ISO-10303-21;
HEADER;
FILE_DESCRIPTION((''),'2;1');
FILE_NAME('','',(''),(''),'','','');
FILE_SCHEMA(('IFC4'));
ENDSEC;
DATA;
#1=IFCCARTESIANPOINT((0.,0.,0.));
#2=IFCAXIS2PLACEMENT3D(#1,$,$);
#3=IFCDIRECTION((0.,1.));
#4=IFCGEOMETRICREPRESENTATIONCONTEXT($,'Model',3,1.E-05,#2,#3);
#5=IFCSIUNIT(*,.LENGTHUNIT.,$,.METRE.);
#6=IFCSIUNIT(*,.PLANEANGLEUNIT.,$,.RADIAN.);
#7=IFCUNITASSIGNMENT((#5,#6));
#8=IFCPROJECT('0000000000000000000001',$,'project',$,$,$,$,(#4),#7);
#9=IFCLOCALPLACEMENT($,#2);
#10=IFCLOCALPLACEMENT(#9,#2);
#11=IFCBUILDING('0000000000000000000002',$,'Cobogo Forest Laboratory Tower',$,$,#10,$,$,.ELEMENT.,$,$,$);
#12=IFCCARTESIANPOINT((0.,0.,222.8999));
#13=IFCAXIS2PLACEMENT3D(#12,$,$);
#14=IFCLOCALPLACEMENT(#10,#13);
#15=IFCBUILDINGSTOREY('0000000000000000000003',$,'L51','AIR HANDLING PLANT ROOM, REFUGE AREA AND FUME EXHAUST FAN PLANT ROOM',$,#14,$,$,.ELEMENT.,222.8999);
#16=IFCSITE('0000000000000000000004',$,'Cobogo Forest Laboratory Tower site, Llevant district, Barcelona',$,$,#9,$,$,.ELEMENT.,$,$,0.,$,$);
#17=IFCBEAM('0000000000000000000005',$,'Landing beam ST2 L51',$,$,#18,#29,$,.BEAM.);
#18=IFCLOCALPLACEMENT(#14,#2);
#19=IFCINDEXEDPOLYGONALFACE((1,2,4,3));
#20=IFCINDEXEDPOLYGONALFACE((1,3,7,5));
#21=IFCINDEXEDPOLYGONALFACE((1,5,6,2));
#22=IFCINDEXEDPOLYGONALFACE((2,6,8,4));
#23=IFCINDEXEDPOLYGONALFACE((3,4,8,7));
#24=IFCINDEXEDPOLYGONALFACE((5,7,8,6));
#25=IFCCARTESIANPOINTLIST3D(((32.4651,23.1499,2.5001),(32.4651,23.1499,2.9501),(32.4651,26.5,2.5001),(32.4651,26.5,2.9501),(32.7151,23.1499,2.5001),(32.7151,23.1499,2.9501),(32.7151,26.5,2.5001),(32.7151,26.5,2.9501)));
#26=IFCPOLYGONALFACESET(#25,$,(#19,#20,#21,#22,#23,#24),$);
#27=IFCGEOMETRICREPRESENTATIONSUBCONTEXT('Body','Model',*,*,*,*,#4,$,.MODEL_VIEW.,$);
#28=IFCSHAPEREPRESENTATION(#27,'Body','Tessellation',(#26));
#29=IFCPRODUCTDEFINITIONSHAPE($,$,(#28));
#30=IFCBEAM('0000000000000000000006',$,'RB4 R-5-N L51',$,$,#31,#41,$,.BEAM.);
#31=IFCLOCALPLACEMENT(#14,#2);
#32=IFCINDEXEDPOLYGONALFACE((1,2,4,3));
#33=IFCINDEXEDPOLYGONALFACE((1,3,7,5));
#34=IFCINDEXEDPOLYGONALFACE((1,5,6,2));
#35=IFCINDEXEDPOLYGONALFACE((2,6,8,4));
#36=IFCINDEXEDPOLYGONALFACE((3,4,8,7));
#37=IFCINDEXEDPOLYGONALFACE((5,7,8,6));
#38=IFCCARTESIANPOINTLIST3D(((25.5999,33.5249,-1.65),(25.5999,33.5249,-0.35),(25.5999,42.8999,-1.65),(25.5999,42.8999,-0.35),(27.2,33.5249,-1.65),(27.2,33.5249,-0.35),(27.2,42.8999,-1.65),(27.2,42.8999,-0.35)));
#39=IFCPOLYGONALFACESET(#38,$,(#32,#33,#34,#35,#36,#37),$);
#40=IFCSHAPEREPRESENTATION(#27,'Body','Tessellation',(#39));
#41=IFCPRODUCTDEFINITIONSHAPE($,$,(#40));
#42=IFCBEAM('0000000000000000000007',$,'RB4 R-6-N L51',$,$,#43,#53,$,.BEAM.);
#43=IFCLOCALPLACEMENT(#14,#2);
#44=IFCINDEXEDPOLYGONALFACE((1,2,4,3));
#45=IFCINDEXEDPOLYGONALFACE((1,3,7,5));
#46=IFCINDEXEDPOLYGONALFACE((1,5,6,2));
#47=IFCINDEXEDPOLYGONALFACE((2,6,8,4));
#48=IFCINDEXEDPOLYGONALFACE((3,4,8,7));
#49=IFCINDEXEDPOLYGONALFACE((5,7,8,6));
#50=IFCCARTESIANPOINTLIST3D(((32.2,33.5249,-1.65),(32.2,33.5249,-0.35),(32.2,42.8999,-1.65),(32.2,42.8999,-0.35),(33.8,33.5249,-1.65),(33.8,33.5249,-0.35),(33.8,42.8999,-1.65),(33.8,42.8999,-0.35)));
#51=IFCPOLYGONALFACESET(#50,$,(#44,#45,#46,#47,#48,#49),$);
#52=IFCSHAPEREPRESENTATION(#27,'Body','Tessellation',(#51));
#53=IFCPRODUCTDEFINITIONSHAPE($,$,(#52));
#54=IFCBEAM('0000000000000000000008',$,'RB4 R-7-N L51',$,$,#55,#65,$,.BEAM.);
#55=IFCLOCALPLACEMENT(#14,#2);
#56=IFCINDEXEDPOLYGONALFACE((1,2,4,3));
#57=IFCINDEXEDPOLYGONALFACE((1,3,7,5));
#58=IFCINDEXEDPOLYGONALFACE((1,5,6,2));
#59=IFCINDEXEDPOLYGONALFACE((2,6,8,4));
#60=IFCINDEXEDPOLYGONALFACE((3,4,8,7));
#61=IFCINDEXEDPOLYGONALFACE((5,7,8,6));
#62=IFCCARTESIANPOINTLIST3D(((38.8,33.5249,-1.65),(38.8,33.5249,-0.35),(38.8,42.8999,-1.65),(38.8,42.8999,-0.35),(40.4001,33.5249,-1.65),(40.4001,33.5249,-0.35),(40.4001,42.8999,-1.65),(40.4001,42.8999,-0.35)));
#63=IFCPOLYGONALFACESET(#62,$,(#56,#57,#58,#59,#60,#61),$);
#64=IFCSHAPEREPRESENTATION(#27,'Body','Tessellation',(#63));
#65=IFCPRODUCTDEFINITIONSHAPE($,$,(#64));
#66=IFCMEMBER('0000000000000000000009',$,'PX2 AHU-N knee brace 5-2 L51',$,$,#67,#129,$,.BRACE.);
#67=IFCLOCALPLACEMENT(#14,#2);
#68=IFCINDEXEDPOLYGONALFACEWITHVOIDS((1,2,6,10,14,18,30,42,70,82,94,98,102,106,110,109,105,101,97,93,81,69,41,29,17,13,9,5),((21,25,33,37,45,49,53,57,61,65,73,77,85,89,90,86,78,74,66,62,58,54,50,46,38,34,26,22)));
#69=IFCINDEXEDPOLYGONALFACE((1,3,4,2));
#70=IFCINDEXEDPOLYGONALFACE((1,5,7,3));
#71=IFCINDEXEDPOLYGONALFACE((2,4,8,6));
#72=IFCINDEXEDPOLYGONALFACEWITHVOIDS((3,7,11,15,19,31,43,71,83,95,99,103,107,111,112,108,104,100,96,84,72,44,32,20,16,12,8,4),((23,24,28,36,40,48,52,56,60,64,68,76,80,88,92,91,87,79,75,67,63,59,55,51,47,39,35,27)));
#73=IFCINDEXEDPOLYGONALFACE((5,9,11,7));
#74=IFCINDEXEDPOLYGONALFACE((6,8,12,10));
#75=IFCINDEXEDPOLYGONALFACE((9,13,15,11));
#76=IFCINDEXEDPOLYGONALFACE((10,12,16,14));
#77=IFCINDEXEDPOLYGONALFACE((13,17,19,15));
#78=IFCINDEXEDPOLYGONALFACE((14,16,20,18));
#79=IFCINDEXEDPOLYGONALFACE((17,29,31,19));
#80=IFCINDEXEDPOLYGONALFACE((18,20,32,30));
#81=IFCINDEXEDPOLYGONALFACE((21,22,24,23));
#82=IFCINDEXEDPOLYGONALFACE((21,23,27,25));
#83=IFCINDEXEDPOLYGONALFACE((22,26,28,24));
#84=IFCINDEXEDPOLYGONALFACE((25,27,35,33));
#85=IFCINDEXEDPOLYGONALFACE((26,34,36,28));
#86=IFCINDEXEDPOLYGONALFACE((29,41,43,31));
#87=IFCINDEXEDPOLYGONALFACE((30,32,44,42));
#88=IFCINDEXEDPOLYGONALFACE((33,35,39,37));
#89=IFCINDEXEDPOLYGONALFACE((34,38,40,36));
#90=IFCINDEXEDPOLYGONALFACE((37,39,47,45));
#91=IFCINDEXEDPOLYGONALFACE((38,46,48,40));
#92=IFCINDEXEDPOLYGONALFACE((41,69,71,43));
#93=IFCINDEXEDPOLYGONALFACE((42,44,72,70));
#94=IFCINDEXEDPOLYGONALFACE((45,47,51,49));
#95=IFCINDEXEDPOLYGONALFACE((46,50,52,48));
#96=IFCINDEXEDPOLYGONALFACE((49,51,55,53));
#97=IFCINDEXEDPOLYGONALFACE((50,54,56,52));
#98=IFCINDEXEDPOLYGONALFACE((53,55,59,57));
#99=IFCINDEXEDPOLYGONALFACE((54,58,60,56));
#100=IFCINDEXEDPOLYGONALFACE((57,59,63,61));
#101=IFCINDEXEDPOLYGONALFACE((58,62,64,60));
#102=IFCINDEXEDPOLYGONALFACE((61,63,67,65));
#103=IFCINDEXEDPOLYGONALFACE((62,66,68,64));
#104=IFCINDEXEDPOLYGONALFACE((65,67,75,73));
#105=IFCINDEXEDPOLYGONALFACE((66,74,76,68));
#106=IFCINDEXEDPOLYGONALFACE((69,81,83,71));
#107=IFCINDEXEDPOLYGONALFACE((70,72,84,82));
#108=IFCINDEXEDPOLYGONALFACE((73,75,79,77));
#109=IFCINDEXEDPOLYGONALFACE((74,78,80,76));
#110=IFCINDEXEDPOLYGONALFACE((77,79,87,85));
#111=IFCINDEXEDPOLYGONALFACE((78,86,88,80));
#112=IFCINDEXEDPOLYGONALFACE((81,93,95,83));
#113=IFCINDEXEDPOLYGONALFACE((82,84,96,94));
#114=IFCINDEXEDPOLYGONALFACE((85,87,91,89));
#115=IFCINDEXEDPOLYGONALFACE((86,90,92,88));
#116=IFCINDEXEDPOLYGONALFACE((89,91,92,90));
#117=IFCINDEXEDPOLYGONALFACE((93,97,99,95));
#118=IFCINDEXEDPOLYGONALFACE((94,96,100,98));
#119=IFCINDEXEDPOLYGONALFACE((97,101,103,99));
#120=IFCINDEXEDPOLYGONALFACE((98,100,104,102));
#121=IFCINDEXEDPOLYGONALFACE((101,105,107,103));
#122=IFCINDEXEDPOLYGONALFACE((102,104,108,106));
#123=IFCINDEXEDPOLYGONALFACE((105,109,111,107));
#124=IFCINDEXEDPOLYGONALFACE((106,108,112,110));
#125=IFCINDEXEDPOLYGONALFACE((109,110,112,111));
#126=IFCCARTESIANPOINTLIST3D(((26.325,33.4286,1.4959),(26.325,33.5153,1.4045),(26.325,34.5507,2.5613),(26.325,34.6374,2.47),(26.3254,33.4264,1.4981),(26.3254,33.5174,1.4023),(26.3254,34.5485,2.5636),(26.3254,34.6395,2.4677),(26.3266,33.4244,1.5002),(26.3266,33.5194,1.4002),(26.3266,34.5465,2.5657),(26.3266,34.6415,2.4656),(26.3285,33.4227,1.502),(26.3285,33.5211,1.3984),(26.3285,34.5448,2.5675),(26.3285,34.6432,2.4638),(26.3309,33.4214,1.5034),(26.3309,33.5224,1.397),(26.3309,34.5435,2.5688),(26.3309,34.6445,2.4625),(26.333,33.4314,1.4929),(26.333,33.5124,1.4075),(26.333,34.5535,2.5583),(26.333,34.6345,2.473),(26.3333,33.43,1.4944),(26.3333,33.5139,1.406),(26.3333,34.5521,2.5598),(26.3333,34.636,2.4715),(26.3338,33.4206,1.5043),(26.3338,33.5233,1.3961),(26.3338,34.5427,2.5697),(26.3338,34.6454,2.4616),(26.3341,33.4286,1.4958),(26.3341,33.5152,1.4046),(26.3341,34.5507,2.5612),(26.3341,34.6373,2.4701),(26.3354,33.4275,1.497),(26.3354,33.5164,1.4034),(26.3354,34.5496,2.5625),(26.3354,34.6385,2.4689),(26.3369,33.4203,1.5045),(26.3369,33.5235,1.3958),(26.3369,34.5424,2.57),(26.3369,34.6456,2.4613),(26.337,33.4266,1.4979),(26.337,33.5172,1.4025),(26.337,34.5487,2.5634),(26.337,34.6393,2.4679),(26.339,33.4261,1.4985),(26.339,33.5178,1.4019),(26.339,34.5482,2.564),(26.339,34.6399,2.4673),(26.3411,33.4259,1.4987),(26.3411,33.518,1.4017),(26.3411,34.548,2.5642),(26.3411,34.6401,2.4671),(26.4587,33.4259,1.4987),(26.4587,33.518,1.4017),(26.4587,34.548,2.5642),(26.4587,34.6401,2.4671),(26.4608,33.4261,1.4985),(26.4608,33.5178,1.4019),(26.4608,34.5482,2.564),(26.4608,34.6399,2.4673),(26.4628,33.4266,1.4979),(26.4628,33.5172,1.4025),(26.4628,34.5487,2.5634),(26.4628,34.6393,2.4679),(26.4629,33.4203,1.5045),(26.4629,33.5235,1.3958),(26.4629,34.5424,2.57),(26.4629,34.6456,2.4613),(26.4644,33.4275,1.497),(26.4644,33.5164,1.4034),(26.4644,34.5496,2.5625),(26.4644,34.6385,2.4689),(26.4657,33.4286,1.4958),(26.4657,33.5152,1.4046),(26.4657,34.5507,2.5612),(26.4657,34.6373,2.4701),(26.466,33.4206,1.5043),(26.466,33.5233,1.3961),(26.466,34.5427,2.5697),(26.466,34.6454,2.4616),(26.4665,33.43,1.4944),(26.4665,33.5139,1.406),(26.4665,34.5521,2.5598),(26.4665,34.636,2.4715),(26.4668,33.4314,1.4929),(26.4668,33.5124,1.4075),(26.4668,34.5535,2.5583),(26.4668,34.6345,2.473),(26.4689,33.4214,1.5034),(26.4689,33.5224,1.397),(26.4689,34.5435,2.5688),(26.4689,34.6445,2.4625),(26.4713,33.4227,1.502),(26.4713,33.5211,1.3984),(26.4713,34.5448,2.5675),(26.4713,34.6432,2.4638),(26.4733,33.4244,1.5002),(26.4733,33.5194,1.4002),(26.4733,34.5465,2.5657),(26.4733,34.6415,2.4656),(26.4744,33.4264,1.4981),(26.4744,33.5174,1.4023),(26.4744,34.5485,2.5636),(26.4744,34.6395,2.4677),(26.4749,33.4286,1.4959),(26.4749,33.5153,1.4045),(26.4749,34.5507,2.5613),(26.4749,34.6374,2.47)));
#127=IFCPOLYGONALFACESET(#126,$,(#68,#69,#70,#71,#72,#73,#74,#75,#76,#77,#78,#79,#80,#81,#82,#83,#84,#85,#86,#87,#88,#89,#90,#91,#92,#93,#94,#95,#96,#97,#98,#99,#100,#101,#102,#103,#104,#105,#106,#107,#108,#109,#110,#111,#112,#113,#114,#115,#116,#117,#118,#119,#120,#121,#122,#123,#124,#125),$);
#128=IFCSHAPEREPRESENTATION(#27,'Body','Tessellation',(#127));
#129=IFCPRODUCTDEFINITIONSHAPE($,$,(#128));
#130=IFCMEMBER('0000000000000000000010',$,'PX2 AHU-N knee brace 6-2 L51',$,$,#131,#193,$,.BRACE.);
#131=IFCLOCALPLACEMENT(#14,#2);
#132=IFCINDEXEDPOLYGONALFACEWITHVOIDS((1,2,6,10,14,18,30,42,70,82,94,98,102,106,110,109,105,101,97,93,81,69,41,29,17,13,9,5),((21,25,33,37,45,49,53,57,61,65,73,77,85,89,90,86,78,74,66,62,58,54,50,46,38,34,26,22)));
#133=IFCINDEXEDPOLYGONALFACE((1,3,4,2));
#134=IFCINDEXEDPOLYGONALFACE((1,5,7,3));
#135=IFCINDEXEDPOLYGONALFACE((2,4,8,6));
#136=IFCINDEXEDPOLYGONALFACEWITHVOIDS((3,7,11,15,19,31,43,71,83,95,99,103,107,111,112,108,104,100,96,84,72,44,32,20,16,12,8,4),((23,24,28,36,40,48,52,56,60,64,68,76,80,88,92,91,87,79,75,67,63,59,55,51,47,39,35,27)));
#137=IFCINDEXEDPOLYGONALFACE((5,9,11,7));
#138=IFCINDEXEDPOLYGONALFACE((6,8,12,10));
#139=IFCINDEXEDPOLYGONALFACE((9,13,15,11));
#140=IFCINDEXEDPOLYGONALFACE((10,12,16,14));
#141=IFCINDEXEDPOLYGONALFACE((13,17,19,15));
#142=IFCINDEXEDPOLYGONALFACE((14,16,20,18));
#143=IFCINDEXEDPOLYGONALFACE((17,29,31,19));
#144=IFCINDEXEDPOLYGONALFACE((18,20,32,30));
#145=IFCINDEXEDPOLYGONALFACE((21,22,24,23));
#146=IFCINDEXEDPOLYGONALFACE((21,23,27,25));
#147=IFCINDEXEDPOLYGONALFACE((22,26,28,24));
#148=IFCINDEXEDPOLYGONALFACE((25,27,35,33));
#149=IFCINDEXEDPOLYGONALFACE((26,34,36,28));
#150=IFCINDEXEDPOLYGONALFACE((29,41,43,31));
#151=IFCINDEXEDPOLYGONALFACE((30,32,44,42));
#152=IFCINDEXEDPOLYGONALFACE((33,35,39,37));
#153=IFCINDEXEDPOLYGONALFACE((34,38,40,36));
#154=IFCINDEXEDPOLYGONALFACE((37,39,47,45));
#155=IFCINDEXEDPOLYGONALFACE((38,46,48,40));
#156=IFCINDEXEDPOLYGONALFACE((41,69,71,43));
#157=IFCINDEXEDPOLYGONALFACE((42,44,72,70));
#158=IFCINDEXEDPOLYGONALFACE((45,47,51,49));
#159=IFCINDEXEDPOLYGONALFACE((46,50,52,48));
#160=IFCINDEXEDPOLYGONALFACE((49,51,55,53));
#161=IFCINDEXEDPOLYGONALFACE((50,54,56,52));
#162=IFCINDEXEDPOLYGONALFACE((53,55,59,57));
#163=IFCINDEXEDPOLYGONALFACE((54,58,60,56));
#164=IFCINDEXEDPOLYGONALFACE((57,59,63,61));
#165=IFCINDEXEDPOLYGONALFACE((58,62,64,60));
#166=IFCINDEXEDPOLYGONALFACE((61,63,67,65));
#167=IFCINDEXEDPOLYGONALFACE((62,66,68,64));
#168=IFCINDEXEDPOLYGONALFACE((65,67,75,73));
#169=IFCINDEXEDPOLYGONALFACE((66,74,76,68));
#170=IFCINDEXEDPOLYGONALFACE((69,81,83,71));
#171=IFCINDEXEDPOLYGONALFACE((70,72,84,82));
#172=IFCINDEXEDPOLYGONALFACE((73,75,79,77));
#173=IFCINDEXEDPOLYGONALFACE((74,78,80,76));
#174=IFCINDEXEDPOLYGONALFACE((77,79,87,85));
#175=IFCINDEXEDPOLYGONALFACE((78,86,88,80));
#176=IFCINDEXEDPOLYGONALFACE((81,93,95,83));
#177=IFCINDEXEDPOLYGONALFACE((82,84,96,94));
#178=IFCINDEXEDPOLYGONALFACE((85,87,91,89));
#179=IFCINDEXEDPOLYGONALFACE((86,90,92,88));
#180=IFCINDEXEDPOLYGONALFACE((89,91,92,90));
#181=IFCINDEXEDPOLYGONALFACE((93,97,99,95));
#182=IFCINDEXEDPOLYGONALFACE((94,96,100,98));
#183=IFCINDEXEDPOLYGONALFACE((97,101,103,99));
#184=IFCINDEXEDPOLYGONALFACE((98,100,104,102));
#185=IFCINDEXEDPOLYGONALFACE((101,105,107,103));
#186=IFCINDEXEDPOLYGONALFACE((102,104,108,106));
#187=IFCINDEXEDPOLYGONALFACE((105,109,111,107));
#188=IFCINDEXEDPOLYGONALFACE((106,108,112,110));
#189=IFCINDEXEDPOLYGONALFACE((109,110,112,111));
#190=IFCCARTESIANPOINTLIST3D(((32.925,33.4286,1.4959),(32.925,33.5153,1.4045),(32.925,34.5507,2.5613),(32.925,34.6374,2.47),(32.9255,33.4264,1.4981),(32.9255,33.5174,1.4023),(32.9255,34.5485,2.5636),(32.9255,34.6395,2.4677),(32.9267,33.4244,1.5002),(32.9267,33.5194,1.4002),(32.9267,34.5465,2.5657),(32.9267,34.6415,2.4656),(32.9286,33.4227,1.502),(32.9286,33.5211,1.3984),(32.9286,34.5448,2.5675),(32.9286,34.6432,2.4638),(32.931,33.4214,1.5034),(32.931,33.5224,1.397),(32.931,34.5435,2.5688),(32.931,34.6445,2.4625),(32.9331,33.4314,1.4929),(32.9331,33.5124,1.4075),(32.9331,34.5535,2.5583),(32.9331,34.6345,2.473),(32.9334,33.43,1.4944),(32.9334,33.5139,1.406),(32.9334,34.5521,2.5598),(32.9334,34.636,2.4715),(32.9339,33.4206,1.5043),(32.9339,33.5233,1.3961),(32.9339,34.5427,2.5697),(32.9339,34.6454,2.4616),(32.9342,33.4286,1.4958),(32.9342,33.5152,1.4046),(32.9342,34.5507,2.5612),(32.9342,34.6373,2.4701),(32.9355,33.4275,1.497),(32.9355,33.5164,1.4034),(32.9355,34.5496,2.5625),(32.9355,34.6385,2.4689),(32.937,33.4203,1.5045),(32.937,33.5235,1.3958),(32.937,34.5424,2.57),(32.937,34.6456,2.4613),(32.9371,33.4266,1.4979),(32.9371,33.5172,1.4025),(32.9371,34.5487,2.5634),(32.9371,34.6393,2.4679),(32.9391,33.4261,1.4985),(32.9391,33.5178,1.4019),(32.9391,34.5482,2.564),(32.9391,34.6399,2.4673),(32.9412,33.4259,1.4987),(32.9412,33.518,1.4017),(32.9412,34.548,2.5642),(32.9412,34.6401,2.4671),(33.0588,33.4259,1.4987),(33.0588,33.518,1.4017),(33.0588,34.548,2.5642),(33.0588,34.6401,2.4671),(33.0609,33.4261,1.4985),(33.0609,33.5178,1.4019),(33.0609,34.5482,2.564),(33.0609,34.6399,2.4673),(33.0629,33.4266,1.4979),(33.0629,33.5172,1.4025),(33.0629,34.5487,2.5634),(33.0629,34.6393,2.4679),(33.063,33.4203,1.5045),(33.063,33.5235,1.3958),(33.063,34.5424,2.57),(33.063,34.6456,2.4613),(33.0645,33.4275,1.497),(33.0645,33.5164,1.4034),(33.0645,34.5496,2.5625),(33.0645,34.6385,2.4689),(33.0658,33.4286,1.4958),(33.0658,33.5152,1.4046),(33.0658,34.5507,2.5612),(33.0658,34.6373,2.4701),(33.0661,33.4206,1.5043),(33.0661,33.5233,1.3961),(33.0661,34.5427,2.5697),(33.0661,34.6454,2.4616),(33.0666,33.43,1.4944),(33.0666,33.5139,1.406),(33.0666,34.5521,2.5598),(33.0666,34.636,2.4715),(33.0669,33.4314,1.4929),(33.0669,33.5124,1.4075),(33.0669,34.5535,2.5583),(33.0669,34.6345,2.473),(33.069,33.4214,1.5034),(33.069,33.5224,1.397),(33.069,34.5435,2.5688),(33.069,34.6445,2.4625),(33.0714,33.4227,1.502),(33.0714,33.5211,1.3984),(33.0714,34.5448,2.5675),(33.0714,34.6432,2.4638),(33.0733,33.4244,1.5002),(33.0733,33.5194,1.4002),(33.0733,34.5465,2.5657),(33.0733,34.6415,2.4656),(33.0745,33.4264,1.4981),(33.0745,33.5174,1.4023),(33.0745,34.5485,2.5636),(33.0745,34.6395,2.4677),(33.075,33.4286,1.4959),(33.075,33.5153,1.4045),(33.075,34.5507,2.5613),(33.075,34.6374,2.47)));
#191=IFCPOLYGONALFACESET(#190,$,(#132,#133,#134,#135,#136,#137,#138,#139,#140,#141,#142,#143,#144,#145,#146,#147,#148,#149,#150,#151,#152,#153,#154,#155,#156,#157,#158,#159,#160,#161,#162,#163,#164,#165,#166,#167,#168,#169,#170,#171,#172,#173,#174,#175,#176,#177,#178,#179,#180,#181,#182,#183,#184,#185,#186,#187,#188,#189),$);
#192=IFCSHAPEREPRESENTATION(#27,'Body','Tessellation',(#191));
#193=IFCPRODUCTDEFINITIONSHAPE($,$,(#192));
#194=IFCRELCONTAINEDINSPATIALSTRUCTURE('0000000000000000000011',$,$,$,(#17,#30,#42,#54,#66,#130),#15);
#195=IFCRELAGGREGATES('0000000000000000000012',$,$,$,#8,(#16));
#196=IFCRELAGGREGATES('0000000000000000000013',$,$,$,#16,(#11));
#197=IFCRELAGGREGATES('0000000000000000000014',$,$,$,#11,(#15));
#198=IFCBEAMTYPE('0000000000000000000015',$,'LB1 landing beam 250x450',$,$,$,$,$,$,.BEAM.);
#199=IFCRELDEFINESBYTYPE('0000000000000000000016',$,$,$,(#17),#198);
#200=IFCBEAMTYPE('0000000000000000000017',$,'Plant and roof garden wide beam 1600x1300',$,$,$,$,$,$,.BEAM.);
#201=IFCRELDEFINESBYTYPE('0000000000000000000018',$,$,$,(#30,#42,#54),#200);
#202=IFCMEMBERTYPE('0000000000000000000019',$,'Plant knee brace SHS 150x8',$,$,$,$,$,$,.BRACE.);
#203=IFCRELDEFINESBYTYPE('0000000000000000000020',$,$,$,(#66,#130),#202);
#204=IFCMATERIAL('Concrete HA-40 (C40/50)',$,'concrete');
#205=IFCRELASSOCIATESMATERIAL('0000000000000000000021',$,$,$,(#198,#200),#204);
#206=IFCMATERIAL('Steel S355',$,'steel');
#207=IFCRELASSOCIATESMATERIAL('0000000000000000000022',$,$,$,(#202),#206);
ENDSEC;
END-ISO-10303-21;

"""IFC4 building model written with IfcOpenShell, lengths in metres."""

from ifc_helpers import new_model, si_unit, direction, frame, origin, origin_2d, place, context, subcontext, project, spatial, rectangle, hollow_rectangle, extrude, material, material_profile, profile_set, type_object, element, save


model = new_model("IFC4")

# Units and contexts
model_context = context("Model", 3, precision=1e-05, world=origin(), true_north=direction((0.0, 1.0)))
body_context = subcontext(model_context, "Body", "Model", "MODEL_VIEW")
ifc_project = project(units=[si_unit("LENGTHUNIT", "METRE"), si_unit("PLANEANGLEUNIT", "RADIAN")], contexts=[model_context])

# Site, building, storey
site_placement = place(None, origin())
site = spatial("IfcSite", under=ifc_project, at=site_placement, Name="Cobogo Forest Laboratory Tower site, Llevant district, Barcelona", CompositionType="ELEMENT", RefElevation=0.0)
building_placement = place(site_placement, origin())
building = spatial("IfcBuilding", under=site, at=building_placement, Name="Cobogo Forest Laboratory Tower", CompositionType="ELEMENT")
storey_placement = place(building_placement, frame((0.0, 0.0, 222.8999)))
storey = spatial("IfcBuildingStorey", under=building, at=storey_placement, Name="L51", Description="AIR HANDLING PLANT ROOM, REFUGE AREA AND FUME EXHAUST FAN PLANT ROOM", CompositionType="ELEMENT", Elevation=222.8999)

# Beams
ifc_material_1 = material(Name="Concrete HA-40 (C40/50)", Category="concrete")
ifc_material_profile_1 = material_profile(ifc_material_1, rectangle(XDim=0.25, YDim=0.45, at=origin_2d()), Name="RC 250x450")
ifc_profile_set_1 = profile_set([ifc_material_profile_1], Name="Concrete HA-40 (C40/50)")
beam_type_1 = type_object("IfcBeamType", Name="LB1 landing beam 250x450", PredefinedType="BEAM", material=ifc_profile_set_1)
beam_1_placement = place(storey_placement, frame((32.5901, 23.1499, 2.7251), z_axis=(0.0, 1.0, 0.0), x_axis=(-1.0, 0.0, 0.0)))
element("IfcBeam", 1, at=beam_1_placement, inside=storey, type_object=beam_type_1, Name="Landing beam ST2 L51", PredefinedType="BEAM", context=body_context, shape_type="SweptSolid", body=[
    extrude(rectangle(XDim=0.25, YDim=0.45, at=origin_2d()), origin(), (0.0, 0.0, 1.0), 3.3501),
])
ifc_material_profile_2 = material_profile(ifc_material_1, rectangle(XDim=1.6001, YDim=1.3, at=origin_2d()), Name="RC 1600x1300")
ifc_profile_set_2 = profile_set([ifc_material_profile_2], Name="Concrete HA-40 (C40/50)")
beam_type_2 = type_object("IfcBeamType", Name="Plant and roof garden wide beam 1600x1300", PredefinedType="BEAM", material=ifc_profile_set_2)
for number, where, z_axis, x_axis, name in (
    (2, (26.3999, 33.5249, -1.0), (0.0, 1.0, 0.0), (-1.0, 0.0, 0.0), "RB4 R-5-N L51"),
    (3, (33.0, 33.5249, -1.0), (0.0, 1.0, 0.0), (-1.0, 0.0, 0.0), "RB4 R-6-N L51"),
    (4, (39.6001, 33.5249, -1.0), (0.0, 1.0, 0.0), (-1.0, 0.0, 0.0), "RB4 R-7-N L51"),
):
    element("IfcBeam", number, at=place(storey_placement, frame(where, z_axis=z_axis, x_axis=x_axis)), inside=storey, type_object=beam_type_2, Name=name, PredefinedType="BEAM", context=body_context, shape_type="SweptSolid", body=[
        extrude(rectangle(XDim=1.6001, YDim=1.3, at=origin_2d()), origin(), (0.0, 0.0, 1.0), 9.375),
    ])

# Members
ifc_material_2 = material(Name="Steel S355", Category="steel")
ifc_material_profile_3 = material_profile(ifc_material_2, hollow_rectangle(XDim=0.1499, YDim=0.1499, WallThickness=0.0081, InnerFilletRadius=0.0081, OuterFilletRadius=0.012, at=origin_2d()), Name="SHS 150x8")
ifc_profile_set_3 = profile_set([ifc_material_profile_3], Name="Steel S355")
member_type = type_object("IfcMemberType", Name="Plant knee brace SHS 150x8", PredefinedType="BRACE", material=ifc_profile_set_3)
for number, where, z_axis, x_axis, name in (
    (5, (26.3999, 33.4719, 1.4502), (0.0, 0.725173, 0.688567), (-1.0, 0.0, 0.0), "PX2 AHU-N knee brace 5-2 L51"),
    (6, (33.0, 33.4719, 1.4502), (0.0, 0.725173, 0.688567), (-1.0, 0.0, 0.0), "PX2 AHU-N knee brace 6-2 L51"),
):
    element("IfcMember", number, at=place(storey_placement, frame(where, z_axis=z_axis, x_axis=x_axis)), inside=storey, type_object=member_type, Name=name, PredefinedType="BRACE", context=body_context, shape_type="SweptSolid", body=[
        extrude(hollow_rectangle(XDim=0.1499, YDim=0.1499, WallThickness=0.0081, InnerFilletRadius=0.0081, OuterFilletRadius=0.012, at=origin_2d()), origin(), (0.0, 0.0, 1.0), 1.5474),
    ])

save(model, "model.ifc")
